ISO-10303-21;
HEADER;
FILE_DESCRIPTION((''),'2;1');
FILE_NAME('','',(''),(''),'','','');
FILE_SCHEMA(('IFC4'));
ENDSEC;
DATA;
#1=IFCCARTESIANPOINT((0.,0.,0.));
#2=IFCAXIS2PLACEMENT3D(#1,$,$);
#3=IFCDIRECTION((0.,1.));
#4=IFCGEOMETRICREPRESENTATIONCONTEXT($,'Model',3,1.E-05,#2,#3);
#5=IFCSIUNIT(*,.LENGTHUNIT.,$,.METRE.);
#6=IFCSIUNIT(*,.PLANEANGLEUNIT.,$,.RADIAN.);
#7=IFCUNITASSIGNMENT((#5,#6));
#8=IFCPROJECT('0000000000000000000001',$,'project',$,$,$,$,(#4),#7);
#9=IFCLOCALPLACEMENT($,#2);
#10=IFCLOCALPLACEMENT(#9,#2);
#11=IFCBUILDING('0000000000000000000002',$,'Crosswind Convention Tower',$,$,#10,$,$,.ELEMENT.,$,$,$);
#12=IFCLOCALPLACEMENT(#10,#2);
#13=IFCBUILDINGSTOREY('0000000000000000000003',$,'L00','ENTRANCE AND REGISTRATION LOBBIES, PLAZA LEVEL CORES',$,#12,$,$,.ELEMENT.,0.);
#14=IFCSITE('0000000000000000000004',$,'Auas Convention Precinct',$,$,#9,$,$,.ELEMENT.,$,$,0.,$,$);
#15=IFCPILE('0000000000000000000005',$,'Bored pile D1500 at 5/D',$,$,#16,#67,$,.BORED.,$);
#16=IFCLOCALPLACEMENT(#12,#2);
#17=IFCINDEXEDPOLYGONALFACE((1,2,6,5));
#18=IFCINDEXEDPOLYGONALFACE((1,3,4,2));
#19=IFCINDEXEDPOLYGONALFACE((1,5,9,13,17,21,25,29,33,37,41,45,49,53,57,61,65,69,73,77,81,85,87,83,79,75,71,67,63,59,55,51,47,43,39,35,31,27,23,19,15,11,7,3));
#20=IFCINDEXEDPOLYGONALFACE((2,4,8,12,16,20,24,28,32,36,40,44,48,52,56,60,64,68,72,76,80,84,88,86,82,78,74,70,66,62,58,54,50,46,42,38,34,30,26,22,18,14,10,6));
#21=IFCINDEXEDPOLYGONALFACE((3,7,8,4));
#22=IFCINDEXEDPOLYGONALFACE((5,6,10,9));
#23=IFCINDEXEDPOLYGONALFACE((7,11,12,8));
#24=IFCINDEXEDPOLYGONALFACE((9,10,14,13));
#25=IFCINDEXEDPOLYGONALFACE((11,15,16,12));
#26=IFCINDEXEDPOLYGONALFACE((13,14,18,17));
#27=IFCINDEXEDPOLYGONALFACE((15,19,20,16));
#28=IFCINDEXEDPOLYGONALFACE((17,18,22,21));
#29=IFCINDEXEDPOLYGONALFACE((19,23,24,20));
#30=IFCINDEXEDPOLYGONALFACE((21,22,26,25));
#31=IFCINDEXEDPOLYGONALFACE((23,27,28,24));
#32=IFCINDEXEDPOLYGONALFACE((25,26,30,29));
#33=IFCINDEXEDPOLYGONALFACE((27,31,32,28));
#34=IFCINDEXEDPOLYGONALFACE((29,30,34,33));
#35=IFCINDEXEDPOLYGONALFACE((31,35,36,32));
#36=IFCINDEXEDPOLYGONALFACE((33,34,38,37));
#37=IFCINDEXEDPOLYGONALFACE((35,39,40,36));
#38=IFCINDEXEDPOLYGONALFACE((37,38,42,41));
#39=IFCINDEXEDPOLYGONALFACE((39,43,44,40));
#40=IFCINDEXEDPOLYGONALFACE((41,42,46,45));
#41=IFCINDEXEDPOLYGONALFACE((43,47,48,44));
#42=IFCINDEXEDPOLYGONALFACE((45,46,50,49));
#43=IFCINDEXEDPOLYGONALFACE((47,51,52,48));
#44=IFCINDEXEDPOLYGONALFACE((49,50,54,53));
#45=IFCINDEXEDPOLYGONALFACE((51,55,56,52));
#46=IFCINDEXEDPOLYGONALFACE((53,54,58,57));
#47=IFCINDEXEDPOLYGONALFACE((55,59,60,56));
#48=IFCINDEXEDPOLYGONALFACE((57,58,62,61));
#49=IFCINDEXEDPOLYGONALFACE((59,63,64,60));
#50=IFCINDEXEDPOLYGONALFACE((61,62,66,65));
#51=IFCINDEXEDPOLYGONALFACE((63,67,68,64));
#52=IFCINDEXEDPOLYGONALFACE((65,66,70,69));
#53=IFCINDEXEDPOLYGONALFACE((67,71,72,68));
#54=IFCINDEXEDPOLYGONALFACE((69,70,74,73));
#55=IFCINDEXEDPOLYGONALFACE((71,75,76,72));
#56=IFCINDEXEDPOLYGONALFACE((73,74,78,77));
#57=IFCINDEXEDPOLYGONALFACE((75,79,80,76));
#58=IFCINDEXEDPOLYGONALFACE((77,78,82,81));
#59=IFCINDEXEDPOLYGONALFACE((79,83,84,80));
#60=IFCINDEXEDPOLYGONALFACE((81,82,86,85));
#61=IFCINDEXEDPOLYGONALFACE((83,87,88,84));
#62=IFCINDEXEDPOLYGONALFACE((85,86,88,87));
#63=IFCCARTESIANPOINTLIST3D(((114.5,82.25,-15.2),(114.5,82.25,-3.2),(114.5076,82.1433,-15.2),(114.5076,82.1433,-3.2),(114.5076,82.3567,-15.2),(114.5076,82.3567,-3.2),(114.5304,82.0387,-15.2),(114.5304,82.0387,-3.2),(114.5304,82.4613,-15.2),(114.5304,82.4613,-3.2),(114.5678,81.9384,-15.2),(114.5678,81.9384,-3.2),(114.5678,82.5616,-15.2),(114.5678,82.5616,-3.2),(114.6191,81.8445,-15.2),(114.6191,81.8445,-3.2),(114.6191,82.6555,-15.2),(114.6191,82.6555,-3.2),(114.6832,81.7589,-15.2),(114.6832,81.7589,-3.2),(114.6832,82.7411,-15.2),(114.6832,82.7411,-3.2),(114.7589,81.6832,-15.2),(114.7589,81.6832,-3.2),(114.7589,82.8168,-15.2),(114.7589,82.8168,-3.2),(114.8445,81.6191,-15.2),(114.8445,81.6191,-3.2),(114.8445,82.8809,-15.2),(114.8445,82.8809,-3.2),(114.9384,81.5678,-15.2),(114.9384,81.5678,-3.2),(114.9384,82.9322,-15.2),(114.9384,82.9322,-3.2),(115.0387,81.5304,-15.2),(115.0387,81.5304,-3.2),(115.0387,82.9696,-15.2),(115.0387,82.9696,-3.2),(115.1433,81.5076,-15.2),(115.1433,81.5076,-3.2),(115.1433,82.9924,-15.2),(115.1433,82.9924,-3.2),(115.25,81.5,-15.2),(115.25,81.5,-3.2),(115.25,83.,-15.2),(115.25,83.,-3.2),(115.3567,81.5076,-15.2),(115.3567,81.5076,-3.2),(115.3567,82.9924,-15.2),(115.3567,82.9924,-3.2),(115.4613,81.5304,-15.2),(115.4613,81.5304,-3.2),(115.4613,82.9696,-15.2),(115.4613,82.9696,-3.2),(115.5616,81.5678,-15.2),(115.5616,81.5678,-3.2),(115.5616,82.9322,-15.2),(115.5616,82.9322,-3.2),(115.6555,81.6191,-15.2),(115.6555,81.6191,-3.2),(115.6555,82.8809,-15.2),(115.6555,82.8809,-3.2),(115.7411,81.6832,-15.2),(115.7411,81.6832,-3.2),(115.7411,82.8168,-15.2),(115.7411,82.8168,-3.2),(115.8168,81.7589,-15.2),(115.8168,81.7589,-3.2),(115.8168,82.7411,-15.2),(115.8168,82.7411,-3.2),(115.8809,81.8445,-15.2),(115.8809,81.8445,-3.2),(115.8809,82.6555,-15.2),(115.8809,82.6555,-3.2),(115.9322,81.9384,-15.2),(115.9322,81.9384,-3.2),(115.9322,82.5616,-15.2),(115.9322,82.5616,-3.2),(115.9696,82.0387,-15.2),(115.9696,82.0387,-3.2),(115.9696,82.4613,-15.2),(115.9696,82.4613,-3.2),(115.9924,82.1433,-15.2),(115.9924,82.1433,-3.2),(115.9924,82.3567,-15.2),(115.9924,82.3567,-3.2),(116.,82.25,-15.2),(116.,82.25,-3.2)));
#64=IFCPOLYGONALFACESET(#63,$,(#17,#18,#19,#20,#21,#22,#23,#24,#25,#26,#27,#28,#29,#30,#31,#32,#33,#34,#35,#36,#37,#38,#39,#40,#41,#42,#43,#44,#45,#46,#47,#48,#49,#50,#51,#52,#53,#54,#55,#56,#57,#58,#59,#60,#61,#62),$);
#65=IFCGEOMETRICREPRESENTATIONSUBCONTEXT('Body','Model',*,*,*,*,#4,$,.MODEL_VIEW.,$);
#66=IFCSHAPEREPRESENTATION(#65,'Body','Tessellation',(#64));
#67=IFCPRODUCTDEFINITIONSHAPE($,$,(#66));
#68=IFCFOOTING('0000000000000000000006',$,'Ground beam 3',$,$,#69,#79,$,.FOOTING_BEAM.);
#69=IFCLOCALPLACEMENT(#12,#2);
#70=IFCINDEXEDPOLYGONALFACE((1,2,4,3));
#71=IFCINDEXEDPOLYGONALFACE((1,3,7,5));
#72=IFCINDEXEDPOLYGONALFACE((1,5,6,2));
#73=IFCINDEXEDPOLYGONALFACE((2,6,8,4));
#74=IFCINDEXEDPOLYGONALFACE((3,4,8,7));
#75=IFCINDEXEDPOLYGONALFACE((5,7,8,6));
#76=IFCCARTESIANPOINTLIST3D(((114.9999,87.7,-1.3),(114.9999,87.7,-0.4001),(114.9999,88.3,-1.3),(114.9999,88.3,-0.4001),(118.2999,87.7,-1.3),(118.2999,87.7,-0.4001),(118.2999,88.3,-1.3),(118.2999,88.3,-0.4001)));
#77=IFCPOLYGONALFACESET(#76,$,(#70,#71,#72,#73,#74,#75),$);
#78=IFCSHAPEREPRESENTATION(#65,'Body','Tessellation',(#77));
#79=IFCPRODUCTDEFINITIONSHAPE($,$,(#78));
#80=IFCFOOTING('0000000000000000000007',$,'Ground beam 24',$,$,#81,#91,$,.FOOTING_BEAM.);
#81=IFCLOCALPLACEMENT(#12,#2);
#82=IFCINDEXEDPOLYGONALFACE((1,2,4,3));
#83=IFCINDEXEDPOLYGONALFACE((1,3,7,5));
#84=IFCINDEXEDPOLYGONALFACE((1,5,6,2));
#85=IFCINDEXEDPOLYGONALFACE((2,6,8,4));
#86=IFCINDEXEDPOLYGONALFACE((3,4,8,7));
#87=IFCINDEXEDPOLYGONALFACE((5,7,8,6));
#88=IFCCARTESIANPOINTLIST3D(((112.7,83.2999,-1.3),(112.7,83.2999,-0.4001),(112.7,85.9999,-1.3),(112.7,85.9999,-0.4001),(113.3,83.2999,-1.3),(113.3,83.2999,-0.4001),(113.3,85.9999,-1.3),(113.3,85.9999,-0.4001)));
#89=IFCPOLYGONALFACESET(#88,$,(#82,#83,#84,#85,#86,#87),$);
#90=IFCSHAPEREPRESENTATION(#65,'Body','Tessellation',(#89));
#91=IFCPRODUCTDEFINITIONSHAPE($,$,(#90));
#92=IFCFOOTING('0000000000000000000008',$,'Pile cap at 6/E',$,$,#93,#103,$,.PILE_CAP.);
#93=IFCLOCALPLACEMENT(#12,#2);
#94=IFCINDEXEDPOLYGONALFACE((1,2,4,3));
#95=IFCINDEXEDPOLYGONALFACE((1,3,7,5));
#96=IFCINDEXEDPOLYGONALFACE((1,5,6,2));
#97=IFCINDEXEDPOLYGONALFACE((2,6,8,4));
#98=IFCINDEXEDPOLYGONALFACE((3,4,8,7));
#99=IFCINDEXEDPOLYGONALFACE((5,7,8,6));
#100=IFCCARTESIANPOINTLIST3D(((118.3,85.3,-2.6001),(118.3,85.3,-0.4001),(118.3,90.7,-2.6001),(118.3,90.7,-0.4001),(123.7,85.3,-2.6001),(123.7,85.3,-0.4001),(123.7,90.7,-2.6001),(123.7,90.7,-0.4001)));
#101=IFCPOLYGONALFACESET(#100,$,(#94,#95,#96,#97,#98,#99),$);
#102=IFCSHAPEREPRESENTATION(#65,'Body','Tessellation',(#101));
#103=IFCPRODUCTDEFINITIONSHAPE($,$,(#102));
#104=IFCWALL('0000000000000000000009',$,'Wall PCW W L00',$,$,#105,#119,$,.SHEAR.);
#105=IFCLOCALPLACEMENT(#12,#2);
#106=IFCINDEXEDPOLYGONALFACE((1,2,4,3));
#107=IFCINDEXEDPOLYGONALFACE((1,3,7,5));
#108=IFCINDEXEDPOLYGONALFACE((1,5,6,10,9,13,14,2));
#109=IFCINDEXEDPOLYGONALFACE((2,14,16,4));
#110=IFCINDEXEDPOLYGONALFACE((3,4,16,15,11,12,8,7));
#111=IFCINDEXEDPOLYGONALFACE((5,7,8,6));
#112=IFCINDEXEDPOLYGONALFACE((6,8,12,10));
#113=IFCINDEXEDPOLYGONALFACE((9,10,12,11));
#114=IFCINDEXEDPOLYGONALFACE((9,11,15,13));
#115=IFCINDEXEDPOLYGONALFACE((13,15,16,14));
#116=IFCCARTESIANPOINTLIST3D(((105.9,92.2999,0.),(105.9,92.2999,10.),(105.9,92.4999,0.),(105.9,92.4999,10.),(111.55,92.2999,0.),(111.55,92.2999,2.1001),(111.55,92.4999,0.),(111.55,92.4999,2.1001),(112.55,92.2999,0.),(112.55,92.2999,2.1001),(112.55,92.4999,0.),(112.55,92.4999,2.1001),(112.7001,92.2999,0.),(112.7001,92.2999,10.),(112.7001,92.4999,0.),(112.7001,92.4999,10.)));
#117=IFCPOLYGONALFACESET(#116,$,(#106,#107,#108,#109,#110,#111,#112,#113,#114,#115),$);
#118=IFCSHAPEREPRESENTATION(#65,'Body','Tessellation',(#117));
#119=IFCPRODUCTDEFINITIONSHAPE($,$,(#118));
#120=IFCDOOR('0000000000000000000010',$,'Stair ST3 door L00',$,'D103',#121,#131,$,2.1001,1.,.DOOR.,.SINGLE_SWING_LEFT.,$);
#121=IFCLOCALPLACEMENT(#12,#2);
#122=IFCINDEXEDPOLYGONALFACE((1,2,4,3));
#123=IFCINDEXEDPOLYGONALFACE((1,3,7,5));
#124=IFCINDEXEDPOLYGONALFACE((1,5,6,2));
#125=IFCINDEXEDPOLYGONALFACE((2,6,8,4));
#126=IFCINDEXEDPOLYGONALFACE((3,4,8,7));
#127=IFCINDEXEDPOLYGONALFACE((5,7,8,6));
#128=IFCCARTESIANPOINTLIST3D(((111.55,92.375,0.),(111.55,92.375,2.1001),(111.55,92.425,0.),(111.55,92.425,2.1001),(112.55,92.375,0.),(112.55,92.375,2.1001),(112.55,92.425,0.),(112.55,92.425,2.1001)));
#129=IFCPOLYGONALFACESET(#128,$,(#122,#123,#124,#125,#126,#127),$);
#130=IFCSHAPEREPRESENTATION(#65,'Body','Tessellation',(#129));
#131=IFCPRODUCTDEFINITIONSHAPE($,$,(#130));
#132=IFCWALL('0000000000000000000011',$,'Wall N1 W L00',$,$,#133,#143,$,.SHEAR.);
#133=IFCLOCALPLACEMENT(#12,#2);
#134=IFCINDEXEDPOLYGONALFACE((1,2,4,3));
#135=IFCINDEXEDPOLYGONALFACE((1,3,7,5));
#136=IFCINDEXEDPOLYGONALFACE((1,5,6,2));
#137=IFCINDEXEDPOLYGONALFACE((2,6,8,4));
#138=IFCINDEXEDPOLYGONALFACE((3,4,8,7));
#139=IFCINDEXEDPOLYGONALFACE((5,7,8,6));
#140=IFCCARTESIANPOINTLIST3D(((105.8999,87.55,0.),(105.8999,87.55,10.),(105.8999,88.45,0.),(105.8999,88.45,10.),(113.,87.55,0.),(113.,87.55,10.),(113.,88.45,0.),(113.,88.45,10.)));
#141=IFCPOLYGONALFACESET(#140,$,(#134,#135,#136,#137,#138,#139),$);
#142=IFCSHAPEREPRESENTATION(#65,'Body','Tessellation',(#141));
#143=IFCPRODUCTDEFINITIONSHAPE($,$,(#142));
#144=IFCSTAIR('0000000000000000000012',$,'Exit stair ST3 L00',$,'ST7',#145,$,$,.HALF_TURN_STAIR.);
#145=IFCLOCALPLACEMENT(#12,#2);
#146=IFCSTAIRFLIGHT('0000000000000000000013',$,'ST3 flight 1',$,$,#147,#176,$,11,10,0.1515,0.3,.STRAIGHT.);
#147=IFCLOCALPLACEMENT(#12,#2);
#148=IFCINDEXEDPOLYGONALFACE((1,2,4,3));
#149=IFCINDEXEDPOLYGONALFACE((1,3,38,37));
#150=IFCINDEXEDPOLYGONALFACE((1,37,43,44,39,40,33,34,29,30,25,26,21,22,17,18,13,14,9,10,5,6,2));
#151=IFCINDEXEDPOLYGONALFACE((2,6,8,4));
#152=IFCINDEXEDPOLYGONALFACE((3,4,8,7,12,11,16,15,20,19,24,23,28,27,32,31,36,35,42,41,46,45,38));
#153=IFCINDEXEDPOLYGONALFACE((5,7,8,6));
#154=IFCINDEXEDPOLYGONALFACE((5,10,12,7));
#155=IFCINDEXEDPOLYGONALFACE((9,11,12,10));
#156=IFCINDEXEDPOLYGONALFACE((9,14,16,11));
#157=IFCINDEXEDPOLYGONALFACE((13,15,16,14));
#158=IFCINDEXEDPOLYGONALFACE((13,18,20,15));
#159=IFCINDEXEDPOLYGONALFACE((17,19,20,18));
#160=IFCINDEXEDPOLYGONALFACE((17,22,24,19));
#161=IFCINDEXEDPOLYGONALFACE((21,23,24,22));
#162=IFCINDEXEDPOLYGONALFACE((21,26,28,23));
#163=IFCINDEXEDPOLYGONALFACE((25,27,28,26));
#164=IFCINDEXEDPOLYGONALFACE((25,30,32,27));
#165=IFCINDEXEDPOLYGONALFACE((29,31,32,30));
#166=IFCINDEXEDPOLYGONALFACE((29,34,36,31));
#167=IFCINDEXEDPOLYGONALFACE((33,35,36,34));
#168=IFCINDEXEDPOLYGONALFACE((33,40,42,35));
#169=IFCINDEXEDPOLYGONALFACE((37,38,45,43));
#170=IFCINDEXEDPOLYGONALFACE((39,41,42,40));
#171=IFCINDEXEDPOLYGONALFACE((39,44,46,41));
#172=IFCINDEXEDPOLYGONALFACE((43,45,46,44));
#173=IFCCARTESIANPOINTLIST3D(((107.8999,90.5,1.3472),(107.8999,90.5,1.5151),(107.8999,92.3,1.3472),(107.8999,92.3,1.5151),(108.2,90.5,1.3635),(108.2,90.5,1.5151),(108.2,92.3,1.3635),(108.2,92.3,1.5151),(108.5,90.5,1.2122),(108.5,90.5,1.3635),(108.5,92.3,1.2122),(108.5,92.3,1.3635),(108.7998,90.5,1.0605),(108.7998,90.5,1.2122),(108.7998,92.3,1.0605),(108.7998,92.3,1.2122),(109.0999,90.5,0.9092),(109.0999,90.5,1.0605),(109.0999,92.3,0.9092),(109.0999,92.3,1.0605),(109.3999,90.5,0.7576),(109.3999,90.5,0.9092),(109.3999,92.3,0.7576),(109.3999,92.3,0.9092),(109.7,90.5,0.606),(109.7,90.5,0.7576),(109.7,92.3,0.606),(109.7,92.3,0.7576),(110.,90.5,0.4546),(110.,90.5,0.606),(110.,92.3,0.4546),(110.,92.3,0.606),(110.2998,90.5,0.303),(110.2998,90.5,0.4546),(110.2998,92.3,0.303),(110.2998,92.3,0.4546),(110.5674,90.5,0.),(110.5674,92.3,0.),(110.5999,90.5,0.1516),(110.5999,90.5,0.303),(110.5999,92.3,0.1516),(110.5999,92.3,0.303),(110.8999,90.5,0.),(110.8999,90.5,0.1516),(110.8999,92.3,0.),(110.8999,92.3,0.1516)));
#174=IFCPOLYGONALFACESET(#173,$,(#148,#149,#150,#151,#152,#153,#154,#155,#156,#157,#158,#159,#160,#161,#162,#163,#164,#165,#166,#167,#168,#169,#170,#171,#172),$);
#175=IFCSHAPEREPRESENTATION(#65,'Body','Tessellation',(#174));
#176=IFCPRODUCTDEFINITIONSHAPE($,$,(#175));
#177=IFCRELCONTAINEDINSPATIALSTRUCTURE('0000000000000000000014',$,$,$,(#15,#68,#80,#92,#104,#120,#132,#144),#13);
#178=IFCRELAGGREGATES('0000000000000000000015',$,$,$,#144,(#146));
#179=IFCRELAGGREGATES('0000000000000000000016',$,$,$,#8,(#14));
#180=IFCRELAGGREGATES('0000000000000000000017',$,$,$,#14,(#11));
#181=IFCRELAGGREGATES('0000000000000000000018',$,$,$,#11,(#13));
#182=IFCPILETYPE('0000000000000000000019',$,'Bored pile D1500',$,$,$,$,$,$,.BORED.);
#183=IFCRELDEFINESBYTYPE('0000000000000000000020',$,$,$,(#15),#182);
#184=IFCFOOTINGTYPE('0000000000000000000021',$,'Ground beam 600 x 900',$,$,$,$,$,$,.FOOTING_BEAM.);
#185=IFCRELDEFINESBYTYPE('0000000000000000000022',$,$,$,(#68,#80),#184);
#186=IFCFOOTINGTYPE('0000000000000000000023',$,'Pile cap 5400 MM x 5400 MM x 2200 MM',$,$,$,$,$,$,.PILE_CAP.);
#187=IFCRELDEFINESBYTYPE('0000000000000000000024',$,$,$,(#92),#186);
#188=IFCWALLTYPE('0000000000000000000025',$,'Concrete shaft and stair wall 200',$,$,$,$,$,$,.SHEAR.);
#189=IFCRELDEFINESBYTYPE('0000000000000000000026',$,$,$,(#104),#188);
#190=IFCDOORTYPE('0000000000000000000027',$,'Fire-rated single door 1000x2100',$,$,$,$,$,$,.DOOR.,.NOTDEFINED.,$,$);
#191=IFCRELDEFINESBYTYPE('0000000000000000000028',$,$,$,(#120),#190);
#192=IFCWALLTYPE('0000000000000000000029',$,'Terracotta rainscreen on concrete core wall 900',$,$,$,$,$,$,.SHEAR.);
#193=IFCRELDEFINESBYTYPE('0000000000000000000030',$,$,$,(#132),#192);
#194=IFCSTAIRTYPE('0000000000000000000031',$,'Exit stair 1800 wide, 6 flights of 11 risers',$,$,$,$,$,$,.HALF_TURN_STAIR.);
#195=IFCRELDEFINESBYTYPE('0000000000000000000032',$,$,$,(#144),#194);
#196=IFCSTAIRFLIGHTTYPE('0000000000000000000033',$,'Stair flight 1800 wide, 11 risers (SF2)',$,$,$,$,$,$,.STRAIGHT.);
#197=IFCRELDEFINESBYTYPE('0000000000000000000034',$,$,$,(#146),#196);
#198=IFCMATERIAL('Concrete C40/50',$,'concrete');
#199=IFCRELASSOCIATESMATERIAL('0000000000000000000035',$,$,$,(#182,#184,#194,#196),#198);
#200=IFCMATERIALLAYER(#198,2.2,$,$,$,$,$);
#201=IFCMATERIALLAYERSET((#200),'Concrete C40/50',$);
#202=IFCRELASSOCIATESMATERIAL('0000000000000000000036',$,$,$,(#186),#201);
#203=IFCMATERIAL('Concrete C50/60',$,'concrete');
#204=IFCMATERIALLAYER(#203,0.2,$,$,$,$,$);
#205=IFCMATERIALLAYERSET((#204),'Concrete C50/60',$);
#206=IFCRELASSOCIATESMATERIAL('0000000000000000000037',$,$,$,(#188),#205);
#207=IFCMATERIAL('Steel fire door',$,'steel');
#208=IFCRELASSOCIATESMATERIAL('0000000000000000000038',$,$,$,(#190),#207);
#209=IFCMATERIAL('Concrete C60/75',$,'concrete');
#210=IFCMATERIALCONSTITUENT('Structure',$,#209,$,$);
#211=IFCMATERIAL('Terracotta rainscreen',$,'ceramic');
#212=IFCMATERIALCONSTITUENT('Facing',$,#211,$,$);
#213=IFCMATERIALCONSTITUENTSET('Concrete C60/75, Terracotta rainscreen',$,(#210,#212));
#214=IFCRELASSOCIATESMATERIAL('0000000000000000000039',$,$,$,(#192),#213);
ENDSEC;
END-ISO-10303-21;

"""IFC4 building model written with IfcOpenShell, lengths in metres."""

from ifc_helpers import new_model, si_unit, direction, frame, frame_2d, origin, origin_2d, place, context, subcontext, project, spatial, polyline, rectangle, circle, outline, extrude, material, layer, layer_set, constituent, constituent_set, material_profile, profile_set, type_object, element, fill, aggregate, save


model = new_model("IFC4")

# Units and contexts
model_context = context("Model", 3, precision=1e-05, world=origin(), true_north=direction((0.0, 1.0)))
body_context = subcontext(model_context, "Body", "Model", "MODEL_VIEW")
ifc_project = project(units=[si_unit("LENGTHUNIT", "METRE"), si_unit("PLANEANGLEUNIT", "RADIAN")], contexts=[model_context])

# Site, building, storey
site_placement = place(None, origin())
site = spatial("IfcSite", under=ifc_project, at=site_placement, Name="Auas Convention Precinct", CompositionType="ELEMENT", RefElevation=0.0)
building_placement = place(site_placement, origin())
building = spatial("IfcBuilding", under=site, at=building_placement, Name="Crosswind Convention Tower", CompositionType="ELEMENT")
storey_placement = place(building_placement, origin())
storey = spatial("IfcBuildingStorey", under=building, at=storey_placement, Name="L00", Description="ENTRANCE AND REGISTRATION LOBBIES, PLAZA LEVEL CORES", CompositionType="ELEMENT", Elevation=0.0)

# Pile
ifc_material_1 = material(Name="Concrete C40/50", Category="concrete")
ifc_material_profile_1 = material_profile(ifc_material_1, circle(Radius=0.75, at=origin_2d()), Name="Bored pile D1500")
ifc_profile_set_1 = profile_set([ifc_material_profile_1], Name="Concrete C40/50")
pile_type_1 = type_object("IfcPileType", Name="Bored pile D1500", PredefinedType="BORED", material=ifc_profile_set_1)
pile_1_placement = place(storey_placement, frame((115.25, 82.25, -3.2), z_axis=(0.0, 0.0, -1.0), x_axis=(1.0, 0.0, 0.0)))
element("IfcPile", 1, at=pile_1_placement, inside=storey, type_object=pile_type_1, Name="Bored pile D1500 at 5/D", PredefinedType="BORED", context=body_context, shape_type="SweptSolid", body=[
    extrude(circle(Radius=0.75, at=origin_2d()), origin(), (0.0, 0.0, 1.0), 12.0),
])

# Footings
footing_type_1 = type_object("IfcFootingType", Name="Ground beam 600 x 900", PredefinedType="FOOTING_BEAM", material=ifc_material_1)
footing_1_placement = place(storey_placement, frame((116.6499, 88.0, -1.3), z_axis=(0.0, 0.0, 1.0), x_axis=(1.0, 0.0, 0.0)))
element("IfcFooting", 2, at=footing_1_placement, inside=storey, type_object=footing_type_1, Name="Ground beam 3", PredefinedType="FOOTING_BEAM", context=body_context, shape_type="SweptSolid", body=[
    extrude(rectangle(XDim=3.3, YDim=0.6001, at=origin_2d()), origin(), (0.0, 0.0, 1.0), 0.8999),
])
footing_2_placement = place(storey_placement, frame((113.0, 84.6499, -1.3), z_axis=(0.0, 0.0, 1.0), x_axis=(1.0, 0.0, 0.0)))
element("IfcFooting", 3, at=footing_2_placement, inside=storey, type_object=footing_type_1, Name="Ground beam 24", PredefinedType="FOOTING_BEAM", context=body_context, shape_type="SweptSolid", body=[
    extrude(rectangle(XDim=0.6001, YDim=2.7, at=origin_2d()), origin(), (0.0, 0.0, 1.0), 0.8999),
])
ifc_layer_1 = layer(ifc_material_1, 2.2)
ifc_layer_set_1 = layer_set([ifc_layer_1], Name="Concrete C40/50")
footing_type_2 = type_object("IfcFootingType", Name="Pile cap 5400 MM x 5400 MM x 2200 MM", PredefinedType="PILE_CAP", material=ifc_layer_set_1)
footing_3_placement = place(storey_placement, frame((121.0, 88.0, -2.6001), z_axis=(0.0, 0.0, 1.0), x_axis=(1.0, 0.0, 0.0)))
element("IfcFooting", 4, at=footing_3_placement, inside=storey, type_object=footing_type_2, Name="Pile cap at 6/E", PredefinedType="PILE_CAP", context=body_context, shape_type="SweptSolid", body=[
    extrude(rectangle(XDim=5.3999, YDim=5.3999, at=origin_2d()), origin(), (0.0, 0.0, 1.0), 2.2),
])

# Wall, opening, door
ifc_material_2 = material(Name="Concrete C50/60", Category="concrete")
ifc_layer_2 = layer(ifc_material_2, 0.2)
ifc_layer_set_2 = layer_set([ifc_layer_2], Name="Concrete C50/60")
wall_type_1 = type_object("IfcWallType", Name="Concrete shaft and stair wall 200", PredefinedType="SHEAR", material=ifc_layer_set_2)
wall_1_placement = place(storey_placement, frame((112.7, 92.3999, 0.0), z_axis=(0.0, 0.0, 1.0), x_axis=(-1.0, 0.0, 0.0)))
wall_1 = element("IfcWall", 5, at=wall_1_placement, inside=storey, type_object=wall_type_1, Name="Wall PCW W L00", PredefinedType="SHEAR", context=body_context, shape_type="SweptSolid", body=[
    extrude(rectangle(XDim=6.8, YDim=0.2, at=frame_2d((3.3999, 0.0))), origin(), (0.0, 0.0, 1.0), 10.0),
])
opening_placement = place(wall_1_placement, frame((0.1499, 0.0, 0.0)))
opening = element("IfcOpeningElement", 6, at=opening_placement, cuts=wall_1, PredefinedType="OPENING", context=body_context, shape_type="SweptSolid", body=[
    extrude(rectangle(XDim=1.0, YDim=2.1001, at=frame_2d((0.5, 1.05))), frame((0.0, 0.1099, 0.0), z_axis=(0.0, -1.0, 0.0), x_axis=(1.0, 0.0, 0.0)), (0.0, 0.0, 1.0), 0.22),
])
ifc_material_3 = material(Name="Steel fire door", Category="steel")
door_type = type_object("IfcDoorType", Name="Fire-rated single door 1000x2100", OperationType="NOTDEFINED", PredefinedType="DOOR", material=ifc_material_3)
door_placement = place(opening_placement, origin())
door = element("IfcDoor", 7, at=door_placement, inside=storey, type_object=door_type, Name="Stair ST3 door L00", ObjectType="D103", OperationType="SINGLE_SWING_LEFT", OverallHeight=2.1001, OverallWidth=1.0, PredefinedType="DOOR", context=body_context, shape_type="SweptSolid", body=[
    extrude(rectangle(XDim=1.0, YDim=2.1001, at=frame_2d((0.5, 1.05))), frame((0.0, 0.0249, 0.0), z_axis=(0.0, -1.0, 0.0), x_axis=(1.0, 0.0, 0.0)), (0.0, 0.0, 1.0), 0.05),
])
fill(opening, door)

# Wall
ifc_material_4 = material(Name="Concrete C60/75", Category="concrete")
ifc_constituent_1 = constituent(ifc_material_4, Name="Structure")
ifc_material_5 = material(Name="Terracotta rainscreen", Category="ceramic")
ifc_constituent_2 = constituent(ifc_material_5, Name="Facing")
ifc_constituent_set = constituent_set(constituents=[ifc_constituent_1, ifc_constituent_2], Name="Concrete C60/75, Terracotta rainscreen")
wall_type_2 = type_object("IfcWallType", Name="Terracotta rainscreen on concrete core wall 900", PredefinedType="SHEAR", material=ifc_constituent_set)
wall_2_placement = place(storey_placement, frame((113.0, 88.0, 0.0), z_axis=(0.0, 0.0, 1.0), x_axis=(-1.0, 0.0, 0.0)))
element("IfcWall", 8, at=wall_2_placement, inside=storey, type_object=wall_type_2, Name="Wall N1 W L00", PredefinedType="SHEAR", context=body_context, shape_type="SweptSolid", body=[
    extrude(rectangle(XDim=7.1001, YDim=0.8999, at=frame_2d((3.55, 0.0))), origin(), (0.0, 0.0, 1.0), 10.0),
])

# Stair, stair flight
stair_type = type_object("IfcStairType", Name="Exit stair 1800 wide, 6 flights of 11 risers", PredefinedType="HALF_TURN_STAIR", material=ifc_material_1)
stair_placement = place(storey_placement, origin())
stair = element("IfcStair", 9, at=stair_placement, inside=storey, type_object=stair_type, Name="Exit stair ST3 L00", ObjectType="ST7", PredefinedType="HALF_TURN_STAIR")
stair_flight_type = type_object("IfcStairFlightType", Name="Stair flight 1800 wide, 11 risers (SF2)", PredefinedType="STRAIGHT", material=ifc_material_1)
stair_flight_1_placement = place(storey_placement, frame((110.8999, 91.3999, 0.0), z_axis=(0.0, 0.0, 1.0), x_axis=(-1.0, 0.0, 0.0)))
stair_flight_1 = element("IfcStairFlight", 10, at=stair_flight_1_placement, type_object=stair_flight_type, Name="ST3 flight 1", NumberOfRisers=11, NumberOfTreads=10, PredefinedType="STRAIGHT", RiserHeight=0.1515, TreadLength=0.3, context=body_context, shape_type="SweptSolid", body=[
    extrude(outline(polyline([(0.0, 0.0), (0.0, 0.1516), (0.3, 0.1516), (0.3, 0.303), (0.6001, 0.303), (0.6001, 0.4546), (0.8999, 0.4546), (0.8999, 0.606), (1.2, 0.606), (1.2, 0.7576), (1.5, 0.7576), (1.5, 0.9092), (1.8, 0.9092), (1.8, 1.0605), (2.1001, 1.0605), (2.1001, 1.2122), (2.3999, 1.2122), (2.3999, 1.3635), (2.7, 1.3635), (2.7, 1.5151), (3.0, 1.5151), (3.0, 1.6667), (3.0, 1.3472), (0.3325, 0.0), (0.0, 0.0)])), frame((0.0, 0.8999, 0.0), z_axis=(0.0, -1.0, 0.0), x_axis=(1.0, 0.0, 0.0)), (0.0, 0.0, 1.0), 1.8),
])
aggregate(stair, [stair_flight_1])

save(model, "model.ifc")
